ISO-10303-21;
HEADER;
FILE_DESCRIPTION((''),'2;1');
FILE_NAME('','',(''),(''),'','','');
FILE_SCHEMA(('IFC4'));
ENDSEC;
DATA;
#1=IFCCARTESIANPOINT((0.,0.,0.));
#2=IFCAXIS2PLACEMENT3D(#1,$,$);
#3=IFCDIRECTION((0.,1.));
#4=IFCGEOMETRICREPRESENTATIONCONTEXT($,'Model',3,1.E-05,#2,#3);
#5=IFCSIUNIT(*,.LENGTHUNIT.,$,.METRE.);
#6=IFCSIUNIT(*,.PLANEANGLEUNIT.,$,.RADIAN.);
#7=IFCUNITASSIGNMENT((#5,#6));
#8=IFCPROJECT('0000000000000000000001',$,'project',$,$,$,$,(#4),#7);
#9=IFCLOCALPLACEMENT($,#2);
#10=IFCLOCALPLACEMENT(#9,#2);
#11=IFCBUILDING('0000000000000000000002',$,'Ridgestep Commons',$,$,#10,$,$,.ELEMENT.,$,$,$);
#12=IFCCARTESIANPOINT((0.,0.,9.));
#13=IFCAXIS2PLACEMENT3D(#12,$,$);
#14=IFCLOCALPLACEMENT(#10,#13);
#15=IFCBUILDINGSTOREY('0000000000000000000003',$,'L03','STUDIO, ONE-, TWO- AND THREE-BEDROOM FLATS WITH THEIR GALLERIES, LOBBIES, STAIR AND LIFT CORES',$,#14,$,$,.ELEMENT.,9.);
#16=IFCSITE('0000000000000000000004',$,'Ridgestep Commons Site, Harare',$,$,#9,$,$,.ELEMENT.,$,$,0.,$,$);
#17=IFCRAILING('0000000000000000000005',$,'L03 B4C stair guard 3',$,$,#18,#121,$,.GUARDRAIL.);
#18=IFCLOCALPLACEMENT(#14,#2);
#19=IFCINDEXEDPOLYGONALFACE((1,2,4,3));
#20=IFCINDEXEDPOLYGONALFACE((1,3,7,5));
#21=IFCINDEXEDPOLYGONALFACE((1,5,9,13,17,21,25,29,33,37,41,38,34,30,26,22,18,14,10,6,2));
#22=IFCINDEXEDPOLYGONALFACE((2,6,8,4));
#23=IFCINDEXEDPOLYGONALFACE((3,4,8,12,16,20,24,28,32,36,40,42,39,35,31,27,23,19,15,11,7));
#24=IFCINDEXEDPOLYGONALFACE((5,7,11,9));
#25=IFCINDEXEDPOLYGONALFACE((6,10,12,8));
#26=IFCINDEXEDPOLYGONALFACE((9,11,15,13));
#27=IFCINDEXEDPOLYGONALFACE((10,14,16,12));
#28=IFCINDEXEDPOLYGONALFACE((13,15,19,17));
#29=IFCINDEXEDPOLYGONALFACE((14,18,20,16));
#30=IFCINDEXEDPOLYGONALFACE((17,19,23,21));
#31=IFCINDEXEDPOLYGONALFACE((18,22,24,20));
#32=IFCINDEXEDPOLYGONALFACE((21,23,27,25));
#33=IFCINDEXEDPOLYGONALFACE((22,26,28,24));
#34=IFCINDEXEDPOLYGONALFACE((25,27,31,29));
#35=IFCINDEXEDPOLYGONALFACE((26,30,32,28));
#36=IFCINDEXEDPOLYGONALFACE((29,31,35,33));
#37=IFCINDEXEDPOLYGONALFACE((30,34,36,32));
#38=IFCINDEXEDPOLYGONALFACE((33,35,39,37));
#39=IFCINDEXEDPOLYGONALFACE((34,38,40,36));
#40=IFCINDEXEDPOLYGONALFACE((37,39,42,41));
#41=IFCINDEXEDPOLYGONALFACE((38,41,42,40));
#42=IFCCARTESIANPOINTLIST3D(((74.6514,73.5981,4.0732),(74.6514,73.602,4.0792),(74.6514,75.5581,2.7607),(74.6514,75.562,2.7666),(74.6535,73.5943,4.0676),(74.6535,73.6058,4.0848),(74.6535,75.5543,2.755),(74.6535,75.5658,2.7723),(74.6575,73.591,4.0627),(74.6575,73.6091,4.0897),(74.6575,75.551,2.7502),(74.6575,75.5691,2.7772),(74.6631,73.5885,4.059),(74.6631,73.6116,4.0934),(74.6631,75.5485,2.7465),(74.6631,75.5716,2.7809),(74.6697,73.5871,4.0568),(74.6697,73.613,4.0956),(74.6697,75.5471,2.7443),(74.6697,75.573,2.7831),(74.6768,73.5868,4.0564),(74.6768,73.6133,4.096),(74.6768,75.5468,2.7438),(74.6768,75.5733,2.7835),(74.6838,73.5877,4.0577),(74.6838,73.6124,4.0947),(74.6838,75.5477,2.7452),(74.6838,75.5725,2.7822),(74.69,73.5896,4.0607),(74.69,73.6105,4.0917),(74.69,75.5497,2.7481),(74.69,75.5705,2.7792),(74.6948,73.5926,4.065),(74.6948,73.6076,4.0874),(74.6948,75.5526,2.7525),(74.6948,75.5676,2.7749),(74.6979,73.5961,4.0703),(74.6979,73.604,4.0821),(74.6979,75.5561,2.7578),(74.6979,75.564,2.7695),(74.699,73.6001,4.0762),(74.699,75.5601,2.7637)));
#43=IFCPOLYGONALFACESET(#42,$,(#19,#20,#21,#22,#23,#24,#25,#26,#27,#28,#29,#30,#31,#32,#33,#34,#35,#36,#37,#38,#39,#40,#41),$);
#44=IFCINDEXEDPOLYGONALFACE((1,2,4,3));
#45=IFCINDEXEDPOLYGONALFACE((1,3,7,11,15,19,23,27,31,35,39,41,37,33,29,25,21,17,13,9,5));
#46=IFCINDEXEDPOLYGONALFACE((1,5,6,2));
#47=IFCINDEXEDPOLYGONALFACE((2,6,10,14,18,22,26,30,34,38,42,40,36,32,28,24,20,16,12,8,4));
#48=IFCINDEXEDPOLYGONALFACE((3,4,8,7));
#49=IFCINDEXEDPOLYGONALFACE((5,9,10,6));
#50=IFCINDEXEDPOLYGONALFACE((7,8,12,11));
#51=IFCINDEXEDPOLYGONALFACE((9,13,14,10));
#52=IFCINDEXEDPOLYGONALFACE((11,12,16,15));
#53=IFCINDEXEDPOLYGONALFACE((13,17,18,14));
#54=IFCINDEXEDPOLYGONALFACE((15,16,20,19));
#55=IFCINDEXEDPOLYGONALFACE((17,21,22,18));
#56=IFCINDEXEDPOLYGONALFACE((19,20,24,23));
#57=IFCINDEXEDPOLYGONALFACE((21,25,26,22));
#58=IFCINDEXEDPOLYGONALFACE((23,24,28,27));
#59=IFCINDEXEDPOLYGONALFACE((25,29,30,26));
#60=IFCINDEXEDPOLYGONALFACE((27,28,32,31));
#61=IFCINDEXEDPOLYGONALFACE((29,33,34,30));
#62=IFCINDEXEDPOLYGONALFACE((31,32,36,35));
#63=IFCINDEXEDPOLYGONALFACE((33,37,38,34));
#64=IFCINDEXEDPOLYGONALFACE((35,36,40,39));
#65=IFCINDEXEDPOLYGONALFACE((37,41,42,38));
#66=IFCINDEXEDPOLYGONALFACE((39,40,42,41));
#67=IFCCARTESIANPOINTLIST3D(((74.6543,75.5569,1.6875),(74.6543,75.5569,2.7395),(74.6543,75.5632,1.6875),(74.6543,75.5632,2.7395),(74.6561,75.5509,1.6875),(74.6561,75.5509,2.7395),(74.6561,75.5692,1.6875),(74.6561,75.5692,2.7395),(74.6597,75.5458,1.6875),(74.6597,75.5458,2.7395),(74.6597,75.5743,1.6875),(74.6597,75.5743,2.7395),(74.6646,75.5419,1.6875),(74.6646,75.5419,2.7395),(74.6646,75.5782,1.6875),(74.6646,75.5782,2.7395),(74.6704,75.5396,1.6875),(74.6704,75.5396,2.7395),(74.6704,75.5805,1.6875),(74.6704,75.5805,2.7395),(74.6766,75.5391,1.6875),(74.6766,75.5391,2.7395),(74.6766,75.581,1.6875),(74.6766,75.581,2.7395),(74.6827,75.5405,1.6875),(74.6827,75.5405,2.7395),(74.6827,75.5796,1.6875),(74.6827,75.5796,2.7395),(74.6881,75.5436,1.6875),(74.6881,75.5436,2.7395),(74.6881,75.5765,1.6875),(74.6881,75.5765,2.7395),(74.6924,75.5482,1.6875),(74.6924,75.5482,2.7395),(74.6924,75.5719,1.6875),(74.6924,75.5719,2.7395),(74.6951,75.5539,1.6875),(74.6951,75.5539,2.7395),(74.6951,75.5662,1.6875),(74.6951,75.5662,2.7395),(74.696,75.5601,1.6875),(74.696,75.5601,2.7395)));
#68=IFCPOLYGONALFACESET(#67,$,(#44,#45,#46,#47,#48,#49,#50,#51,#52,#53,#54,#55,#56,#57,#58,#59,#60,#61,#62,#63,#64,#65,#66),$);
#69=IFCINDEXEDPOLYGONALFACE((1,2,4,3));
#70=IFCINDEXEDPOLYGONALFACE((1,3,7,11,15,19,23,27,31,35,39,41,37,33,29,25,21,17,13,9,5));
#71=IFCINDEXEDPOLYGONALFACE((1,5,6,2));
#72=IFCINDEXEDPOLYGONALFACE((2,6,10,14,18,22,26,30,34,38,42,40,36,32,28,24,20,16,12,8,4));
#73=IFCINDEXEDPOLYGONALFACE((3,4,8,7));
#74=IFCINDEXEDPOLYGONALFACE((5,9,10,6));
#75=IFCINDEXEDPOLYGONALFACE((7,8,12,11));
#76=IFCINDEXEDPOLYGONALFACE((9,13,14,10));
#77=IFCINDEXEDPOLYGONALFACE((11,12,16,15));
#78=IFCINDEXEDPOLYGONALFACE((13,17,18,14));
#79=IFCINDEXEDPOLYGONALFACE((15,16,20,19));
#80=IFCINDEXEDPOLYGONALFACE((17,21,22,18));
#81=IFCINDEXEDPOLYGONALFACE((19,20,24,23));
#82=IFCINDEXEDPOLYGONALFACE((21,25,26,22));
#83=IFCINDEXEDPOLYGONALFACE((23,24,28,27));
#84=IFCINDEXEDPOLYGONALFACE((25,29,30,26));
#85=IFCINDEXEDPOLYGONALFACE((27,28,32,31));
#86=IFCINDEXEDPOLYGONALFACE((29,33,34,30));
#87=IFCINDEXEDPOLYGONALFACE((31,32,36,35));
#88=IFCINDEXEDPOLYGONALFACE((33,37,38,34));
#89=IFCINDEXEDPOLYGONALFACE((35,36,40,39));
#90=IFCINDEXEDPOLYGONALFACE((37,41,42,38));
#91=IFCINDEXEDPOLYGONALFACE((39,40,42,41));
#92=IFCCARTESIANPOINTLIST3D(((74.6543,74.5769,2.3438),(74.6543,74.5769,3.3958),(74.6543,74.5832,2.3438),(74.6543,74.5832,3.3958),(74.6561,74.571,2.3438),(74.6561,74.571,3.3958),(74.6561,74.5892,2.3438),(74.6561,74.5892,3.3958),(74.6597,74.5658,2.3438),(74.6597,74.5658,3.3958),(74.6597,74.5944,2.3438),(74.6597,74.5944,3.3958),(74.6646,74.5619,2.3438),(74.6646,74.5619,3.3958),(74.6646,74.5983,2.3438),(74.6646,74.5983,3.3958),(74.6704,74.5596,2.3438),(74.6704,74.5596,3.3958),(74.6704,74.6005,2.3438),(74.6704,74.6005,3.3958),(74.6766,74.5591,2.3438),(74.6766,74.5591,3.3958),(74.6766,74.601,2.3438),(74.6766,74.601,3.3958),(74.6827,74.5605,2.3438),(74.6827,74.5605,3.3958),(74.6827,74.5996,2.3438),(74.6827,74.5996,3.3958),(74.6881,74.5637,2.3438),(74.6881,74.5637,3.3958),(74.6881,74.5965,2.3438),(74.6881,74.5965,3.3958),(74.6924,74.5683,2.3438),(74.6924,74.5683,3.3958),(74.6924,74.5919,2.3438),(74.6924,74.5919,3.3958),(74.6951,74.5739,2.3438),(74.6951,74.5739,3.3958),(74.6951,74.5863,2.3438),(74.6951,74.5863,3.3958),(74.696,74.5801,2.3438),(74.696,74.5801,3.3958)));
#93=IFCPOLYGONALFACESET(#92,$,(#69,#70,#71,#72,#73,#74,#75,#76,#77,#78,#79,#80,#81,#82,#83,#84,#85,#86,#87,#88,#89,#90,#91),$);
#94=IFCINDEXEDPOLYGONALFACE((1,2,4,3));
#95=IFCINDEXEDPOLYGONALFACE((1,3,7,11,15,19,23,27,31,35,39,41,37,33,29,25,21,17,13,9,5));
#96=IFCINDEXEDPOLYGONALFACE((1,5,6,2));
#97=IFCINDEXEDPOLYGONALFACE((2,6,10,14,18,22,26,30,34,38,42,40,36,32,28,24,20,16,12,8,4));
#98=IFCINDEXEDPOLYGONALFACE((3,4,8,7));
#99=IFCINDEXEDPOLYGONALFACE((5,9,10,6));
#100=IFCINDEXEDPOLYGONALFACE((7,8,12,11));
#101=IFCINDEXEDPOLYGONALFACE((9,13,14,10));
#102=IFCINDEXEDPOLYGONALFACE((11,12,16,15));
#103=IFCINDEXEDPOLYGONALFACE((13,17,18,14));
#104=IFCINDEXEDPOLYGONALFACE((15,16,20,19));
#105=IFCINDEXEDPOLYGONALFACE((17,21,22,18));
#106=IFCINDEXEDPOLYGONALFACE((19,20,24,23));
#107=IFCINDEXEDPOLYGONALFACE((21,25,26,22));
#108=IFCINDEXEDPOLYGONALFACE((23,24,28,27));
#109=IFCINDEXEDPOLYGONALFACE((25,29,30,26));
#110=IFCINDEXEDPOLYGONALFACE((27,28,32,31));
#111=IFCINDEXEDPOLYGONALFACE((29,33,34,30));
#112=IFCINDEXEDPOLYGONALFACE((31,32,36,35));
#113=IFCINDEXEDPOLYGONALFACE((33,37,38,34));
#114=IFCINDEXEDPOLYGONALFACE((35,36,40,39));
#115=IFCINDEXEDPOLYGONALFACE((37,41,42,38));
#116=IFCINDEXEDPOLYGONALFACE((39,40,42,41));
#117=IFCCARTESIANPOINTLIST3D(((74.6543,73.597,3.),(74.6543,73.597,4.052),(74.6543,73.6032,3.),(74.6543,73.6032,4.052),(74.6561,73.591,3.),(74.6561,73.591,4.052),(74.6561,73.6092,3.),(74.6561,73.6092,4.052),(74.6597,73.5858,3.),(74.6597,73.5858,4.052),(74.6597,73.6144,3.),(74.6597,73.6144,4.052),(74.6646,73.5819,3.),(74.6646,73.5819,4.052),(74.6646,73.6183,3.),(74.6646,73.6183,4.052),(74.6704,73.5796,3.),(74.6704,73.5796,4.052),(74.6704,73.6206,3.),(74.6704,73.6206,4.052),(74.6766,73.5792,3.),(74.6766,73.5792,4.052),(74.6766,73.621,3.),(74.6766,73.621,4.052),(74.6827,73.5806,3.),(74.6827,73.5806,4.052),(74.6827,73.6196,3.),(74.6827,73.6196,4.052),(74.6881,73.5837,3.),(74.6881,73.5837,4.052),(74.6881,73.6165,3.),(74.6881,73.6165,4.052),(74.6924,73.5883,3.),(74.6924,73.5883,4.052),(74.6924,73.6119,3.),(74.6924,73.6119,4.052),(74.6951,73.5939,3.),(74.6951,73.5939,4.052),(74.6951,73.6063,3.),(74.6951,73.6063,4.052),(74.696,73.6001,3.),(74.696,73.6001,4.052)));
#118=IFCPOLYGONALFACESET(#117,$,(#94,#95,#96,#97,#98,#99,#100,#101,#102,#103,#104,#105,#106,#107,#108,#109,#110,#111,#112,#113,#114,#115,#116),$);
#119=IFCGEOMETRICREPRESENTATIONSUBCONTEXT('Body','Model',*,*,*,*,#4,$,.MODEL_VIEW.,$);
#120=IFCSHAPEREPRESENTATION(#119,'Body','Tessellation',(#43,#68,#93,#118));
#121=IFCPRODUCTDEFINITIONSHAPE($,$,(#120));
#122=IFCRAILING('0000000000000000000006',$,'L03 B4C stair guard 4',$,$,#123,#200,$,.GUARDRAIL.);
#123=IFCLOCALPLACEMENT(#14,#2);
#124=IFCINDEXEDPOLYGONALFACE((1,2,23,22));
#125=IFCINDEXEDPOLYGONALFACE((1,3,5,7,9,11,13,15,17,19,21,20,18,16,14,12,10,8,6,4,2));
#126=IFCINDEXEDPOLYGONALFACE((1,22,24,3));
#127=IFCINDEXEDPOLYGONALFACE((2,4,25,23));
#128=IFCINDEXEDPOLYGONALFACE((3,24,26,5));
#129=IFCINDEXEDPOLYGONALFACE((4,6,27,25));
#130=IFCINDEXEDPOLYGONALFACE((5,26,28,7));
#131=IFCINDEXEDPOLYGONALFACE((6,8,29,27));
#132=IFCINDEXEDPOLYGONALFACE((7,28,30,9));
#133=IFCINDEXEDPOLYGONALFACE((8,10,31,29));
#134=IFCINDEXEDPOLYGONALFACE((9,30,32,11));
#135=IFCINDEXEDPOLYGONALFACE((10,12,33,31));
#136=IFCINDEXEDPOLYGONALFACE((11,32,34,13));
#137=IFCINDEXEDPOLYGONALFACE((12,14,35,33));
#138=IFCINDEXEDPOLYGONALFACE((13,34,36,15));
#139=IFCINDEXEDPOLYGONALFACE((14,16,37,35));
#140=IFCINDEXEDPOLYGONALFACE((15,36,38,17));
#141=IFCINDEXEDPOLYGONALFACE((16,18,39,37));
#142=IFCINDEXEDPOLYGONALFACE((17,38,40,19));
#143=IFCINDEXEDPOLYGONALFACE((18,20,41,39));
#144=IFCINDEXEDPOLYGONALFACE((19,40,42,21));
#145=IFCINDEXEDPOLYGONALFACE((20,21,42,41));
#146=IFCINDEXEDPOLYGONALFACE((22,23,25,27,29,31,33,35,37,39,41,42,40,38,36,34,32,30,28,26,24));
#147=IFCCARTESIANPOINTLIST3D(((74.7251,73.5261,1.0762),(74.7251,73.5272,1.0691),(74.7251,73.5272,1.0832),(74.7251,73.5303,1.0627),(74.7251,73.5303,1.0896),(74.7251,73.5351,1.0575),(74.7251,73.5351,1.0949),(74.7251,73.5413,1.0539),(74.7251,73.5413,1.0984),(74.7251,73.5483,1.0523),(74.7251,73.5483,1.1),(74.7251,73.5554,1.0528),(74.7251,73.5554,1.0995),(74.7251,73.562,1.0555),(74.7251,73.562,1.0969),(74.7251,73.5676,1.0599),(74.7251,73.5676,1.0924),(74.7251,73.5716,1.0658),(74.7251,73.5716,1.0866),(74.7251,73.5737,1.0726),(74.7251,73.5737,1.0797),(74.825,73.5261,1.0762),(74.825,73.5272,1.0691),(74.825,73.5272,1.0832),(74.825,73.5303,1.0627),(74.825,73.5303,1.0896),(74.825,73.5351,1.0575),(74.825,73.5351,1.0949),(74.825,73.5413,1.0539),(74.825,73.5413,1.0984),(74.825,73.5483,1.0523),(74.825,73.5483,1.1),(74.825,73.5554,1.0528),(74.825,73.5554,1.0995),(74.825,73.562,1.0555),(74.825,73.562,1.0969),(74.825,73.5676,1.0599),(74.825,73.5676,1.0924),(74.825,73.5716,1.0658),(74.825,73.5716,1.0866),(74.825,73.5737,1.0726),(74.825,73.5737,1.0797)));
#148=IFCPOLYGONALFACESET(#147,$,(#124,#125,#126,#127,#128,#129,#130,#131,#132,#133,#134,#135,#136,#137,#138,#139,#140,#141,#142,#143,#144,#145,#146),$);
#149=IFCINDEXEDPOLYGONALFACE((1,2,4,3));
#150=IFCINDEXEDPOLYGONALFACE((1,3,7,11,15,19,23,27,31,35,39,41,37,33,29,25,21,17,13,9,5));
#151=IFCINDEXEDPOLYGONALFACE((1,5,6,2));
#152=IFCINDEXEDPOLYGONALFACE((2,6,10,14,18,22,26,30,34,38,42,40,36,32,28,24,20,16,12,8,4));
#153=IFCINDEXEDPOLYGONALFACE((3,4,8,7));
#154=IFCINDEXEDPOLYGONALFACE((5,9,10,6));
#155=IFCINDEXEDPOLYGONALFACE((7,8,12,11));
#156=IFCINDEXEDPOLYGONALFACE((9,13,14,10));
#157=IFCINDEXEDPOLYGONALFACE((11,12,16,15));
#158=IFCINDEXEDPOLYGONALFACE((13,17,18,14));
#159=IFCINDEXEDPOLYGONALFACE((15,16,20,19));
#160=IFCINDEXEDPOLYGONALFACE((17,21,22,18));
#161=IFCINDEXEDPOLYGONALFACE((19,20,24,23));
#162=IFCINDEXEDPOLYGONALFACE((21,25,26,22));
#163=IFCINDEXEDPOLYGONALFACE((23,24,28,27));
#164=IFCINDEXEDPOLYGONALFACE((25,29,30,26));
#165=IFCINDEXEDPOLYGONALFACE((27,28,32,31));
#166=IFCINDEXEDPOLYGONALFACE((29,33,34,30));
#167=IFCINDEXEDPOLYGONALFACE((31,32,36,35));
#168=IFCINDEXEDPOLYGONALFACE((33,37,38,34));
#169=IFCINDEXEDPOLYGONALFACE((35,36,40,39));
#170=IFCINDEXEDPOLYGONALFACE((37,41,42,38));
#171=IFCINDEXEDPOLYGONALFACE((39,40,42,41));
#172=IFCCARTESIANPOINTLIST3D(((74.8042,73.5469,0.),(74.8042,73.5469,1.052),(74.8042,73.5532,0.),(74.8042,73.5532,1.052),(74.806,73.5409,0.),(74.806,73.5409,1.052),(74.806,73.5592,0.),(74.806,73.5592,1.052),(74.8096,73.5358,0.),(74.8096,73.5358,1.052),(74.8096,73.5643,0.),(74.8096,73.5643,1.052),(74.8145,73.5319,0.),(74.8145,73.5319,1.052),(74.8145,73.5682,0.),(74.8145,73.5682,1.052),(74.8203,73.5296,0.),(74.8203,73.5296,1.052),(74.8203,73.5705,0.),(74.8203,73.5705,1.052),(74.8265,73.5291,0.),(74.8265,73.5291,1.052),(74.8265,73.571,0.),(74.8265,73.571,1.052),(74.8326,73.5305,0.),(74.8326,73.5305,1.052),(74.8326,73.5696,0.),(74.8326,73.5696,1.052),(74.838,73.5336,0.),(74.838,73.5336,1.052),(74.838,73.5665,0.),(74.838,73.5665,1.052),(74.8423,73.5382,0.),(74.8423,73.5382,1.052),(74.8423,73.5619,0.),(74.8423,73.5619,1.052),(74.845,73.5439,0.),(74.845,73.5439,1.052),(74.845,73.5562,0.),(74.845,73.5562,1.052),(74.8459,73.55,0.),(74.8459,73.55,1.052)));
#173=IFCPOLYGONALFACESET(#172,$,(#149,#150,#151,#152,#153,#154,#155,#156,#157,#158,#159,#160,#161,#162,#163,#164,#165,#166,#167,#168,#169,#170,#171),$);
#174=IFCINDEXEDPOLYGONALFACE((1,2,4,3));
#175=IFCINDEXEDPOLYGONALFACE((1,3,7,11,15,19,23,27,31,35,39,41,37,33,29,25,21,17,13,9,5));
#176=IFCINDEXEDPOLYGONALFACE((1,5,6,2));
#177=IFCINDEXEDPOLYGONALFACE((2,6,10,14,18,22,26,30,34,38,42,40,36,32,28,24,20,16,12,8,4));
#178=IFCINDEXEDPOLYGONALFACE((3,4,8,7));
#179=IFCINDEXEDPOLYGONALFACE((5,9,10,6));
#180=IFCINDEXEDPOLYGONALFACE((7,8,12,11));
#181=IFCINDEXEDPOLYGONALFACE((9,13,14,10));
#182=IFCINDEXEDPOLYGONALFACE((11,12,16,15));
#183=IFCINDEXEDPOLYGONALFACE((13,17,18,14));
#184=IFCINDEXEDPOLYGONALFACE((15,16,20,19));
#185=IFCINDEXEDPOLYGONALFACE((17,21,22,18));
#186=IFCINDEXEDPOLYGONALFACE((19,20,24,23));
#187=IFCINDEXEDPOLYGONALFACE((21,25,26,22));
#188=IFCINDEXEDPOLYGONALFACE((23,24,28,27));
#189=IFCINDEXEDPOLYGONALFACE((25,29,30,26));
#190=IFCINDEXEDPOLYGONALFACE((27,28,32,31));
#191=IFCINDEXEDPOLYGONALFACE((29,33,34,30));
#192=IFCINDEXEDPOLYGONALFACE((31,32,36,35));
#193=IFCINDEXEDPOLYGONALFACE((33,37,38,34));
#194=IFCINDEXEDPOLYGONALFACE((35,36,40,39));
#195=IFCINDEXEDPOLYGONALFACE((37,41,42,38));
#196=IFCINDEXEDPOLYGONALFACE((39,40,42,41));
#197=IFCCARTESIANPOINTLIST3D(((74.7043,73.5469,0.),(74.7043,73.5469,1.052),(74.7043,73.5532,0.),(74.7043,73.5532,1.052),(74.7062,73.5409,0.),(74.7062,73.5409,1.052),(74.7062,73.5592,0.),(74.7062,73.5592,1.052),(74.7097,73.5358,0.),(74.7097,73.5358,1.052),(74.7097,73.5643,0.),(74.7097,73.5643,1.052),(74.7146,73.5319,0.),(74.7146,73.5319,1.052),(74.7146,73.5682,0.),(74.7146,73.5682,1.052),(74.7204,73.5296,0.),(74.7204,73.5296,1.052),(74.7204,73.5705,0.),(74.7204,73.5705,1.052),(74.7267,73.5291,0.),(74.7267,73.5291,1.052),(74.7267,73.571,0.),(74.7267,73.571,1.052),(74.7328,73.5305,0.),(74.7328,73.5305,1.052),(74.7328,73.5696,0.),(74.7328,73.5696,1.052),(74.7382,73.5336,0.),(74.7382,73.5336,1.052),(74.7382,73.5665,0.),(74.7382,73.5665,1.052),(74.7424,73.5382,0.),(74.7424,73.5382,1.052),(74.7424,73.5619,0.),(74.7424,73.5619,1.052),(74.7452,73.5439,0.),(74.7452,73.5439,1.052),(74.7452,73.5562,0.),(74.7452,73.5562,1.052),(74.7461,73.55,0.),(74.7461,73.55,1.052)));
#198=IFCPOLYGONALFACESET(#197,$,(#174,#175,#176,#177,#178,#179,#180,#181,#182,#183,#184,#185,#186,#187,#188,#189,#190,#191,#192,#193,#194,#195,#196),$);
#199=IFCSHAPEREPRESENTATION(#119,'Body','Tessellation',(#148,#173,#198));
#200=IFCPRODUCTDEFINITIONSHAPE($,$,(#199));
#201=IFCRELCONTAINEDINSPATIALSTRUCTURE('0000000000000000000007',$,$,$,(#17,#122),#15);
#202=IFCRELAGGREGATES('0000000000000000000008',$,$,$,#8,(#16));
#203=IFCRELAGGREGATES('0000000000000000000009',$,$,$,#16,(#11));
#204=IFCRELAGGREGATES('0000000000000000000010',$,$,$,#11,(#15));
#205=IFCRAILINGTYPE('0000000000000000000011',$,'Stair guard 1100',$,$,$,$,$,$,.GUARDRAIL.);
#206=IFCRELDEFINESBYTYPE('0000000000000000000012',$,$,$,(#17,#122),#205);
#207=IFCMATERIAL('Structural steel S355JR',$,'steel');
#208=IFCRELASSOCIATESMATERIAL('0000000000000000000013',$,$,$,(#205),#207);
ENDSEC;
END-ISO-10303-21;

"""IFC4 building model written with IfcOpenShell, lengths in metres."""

from ifc_helpers import new_model, si_unit, direction, frame, origin, origin_2d, place, context, subcontext, project, spatial, circle, extrude, material, type_object, element, save


model = new_model("IFC4")

# Units and contexts
model_context = context("Model", 3, precision=1e-05, world=origin(), true_north=direction((0.0, 1.0)))
body_context = subcontext(model_context, "Body", "Model", "MODEL_VIEW")
ifc_project = project(units=[si_unit("LENGTHUNIT", "METRE"), si_unit("PLANEANGLEUNIT", "RADIAN")], contexts=[model_context])

# Site, building, storey
site_placement = place(None, origin())
site = spatial("IfcSite", under=ifc_project, at=site_placement, Name="Ridgestep Commons Site, Harare", CompositionType="ELEMENT", RefElevation=0.0)
building_placement = place(site_placement, origin())
building = spatial("IfcBuilding", under=site, at=building_placement, Name="Ridgestep Commons", CompositionType="ELEMENT")
storey_placement = place(building_placement, frame((0.0, 0.0, 9.0)))
storey = spatial("IfcBuildingStorey", under=building, at=storey_placement, Name="L03", Description="STUDIO, ONE-, TWO- AND THREE-BEDROOM FLATS WITH THEIR GALLERIES, LOBBIES, STAIR AND LIFT CORES", CompositionType="ELEMENT", Elevation=9.0)

# Railings
ifc_material_1 = material(Name="Structural steel S355JR", Category="steel")
railing_type_1 = type_object("IfcRailingType", Name="Stair guard 1100", PredefinedType="GUARDRAIL", material=ifc_material_1)
railing_1_placement = place(storey_placement, frame((74.675, 75.5601, 1.6875)))
element("IfcRailing", 1, at=railing_1_placement, inside=storey, type_object=railing_type_1, Name="L03 B4C stair guard 3", PredefinedType="GUARDRAIL", context=body_context, shape_type="SweptSolid", body=[
    extrude(circle(Radius=0.0239, at=origin_2d()), frame((0.0, 0.0, 1.0762), z_axis=(0.0, -0.830902, 0.556419), x_axis=(1.0, 0.0, 0.0)), (0.0, 0.0, 1.0), 2.3589),
    extrude(circle(Radius=0.021, at=origin_2d()), origin(), (0.0, 0.0, 1.0), 1.052),
    extrude(circle(Radius=0.021, at=origin_2d()), frame((0.0, -0.98, 0.6562)), (0.0, 0.0, 1.0), 1.052),
    extrude(circle(Radius=0.021, at=origin_2d()), frame((0.0, -1.96, 1.3125)), (0.0, 0.0, 1.0), 1.052),
])
railing_2_placement = place(storey_placement, frame((74.825, 73.55, 0.0)))
element("IfcRailing", 2, at=railing_2_placement, inside=storey, type_object=railing_type_1, Name="L03 B4C stair guard 4", PredefinedType="GUARDRAIL", context=body_context, shape_type="SweptSolid", body=[
    extrude(circle(Radius=0.0239, at=origin_2d()), frame((0.0, 0.0, 1.0762), z_axis=(-1.0, 0.0, 0.0), x_axis=(0.0, -1.0, 0.0)), (0.0, 0.0, 1.0), 0.0999),
    extrude(circle(Radius=0.021, at=origin_2d()), origin(), (0.0, 0.0, 1.0), 1.052),
    extrude(circle(Radius=0.021, at=origin_2d()), frame((-0.0999, 0.0, 0.0)), (0.0, 0.0, 1.0), 1.052),
])

save(model, "model.ifc")
